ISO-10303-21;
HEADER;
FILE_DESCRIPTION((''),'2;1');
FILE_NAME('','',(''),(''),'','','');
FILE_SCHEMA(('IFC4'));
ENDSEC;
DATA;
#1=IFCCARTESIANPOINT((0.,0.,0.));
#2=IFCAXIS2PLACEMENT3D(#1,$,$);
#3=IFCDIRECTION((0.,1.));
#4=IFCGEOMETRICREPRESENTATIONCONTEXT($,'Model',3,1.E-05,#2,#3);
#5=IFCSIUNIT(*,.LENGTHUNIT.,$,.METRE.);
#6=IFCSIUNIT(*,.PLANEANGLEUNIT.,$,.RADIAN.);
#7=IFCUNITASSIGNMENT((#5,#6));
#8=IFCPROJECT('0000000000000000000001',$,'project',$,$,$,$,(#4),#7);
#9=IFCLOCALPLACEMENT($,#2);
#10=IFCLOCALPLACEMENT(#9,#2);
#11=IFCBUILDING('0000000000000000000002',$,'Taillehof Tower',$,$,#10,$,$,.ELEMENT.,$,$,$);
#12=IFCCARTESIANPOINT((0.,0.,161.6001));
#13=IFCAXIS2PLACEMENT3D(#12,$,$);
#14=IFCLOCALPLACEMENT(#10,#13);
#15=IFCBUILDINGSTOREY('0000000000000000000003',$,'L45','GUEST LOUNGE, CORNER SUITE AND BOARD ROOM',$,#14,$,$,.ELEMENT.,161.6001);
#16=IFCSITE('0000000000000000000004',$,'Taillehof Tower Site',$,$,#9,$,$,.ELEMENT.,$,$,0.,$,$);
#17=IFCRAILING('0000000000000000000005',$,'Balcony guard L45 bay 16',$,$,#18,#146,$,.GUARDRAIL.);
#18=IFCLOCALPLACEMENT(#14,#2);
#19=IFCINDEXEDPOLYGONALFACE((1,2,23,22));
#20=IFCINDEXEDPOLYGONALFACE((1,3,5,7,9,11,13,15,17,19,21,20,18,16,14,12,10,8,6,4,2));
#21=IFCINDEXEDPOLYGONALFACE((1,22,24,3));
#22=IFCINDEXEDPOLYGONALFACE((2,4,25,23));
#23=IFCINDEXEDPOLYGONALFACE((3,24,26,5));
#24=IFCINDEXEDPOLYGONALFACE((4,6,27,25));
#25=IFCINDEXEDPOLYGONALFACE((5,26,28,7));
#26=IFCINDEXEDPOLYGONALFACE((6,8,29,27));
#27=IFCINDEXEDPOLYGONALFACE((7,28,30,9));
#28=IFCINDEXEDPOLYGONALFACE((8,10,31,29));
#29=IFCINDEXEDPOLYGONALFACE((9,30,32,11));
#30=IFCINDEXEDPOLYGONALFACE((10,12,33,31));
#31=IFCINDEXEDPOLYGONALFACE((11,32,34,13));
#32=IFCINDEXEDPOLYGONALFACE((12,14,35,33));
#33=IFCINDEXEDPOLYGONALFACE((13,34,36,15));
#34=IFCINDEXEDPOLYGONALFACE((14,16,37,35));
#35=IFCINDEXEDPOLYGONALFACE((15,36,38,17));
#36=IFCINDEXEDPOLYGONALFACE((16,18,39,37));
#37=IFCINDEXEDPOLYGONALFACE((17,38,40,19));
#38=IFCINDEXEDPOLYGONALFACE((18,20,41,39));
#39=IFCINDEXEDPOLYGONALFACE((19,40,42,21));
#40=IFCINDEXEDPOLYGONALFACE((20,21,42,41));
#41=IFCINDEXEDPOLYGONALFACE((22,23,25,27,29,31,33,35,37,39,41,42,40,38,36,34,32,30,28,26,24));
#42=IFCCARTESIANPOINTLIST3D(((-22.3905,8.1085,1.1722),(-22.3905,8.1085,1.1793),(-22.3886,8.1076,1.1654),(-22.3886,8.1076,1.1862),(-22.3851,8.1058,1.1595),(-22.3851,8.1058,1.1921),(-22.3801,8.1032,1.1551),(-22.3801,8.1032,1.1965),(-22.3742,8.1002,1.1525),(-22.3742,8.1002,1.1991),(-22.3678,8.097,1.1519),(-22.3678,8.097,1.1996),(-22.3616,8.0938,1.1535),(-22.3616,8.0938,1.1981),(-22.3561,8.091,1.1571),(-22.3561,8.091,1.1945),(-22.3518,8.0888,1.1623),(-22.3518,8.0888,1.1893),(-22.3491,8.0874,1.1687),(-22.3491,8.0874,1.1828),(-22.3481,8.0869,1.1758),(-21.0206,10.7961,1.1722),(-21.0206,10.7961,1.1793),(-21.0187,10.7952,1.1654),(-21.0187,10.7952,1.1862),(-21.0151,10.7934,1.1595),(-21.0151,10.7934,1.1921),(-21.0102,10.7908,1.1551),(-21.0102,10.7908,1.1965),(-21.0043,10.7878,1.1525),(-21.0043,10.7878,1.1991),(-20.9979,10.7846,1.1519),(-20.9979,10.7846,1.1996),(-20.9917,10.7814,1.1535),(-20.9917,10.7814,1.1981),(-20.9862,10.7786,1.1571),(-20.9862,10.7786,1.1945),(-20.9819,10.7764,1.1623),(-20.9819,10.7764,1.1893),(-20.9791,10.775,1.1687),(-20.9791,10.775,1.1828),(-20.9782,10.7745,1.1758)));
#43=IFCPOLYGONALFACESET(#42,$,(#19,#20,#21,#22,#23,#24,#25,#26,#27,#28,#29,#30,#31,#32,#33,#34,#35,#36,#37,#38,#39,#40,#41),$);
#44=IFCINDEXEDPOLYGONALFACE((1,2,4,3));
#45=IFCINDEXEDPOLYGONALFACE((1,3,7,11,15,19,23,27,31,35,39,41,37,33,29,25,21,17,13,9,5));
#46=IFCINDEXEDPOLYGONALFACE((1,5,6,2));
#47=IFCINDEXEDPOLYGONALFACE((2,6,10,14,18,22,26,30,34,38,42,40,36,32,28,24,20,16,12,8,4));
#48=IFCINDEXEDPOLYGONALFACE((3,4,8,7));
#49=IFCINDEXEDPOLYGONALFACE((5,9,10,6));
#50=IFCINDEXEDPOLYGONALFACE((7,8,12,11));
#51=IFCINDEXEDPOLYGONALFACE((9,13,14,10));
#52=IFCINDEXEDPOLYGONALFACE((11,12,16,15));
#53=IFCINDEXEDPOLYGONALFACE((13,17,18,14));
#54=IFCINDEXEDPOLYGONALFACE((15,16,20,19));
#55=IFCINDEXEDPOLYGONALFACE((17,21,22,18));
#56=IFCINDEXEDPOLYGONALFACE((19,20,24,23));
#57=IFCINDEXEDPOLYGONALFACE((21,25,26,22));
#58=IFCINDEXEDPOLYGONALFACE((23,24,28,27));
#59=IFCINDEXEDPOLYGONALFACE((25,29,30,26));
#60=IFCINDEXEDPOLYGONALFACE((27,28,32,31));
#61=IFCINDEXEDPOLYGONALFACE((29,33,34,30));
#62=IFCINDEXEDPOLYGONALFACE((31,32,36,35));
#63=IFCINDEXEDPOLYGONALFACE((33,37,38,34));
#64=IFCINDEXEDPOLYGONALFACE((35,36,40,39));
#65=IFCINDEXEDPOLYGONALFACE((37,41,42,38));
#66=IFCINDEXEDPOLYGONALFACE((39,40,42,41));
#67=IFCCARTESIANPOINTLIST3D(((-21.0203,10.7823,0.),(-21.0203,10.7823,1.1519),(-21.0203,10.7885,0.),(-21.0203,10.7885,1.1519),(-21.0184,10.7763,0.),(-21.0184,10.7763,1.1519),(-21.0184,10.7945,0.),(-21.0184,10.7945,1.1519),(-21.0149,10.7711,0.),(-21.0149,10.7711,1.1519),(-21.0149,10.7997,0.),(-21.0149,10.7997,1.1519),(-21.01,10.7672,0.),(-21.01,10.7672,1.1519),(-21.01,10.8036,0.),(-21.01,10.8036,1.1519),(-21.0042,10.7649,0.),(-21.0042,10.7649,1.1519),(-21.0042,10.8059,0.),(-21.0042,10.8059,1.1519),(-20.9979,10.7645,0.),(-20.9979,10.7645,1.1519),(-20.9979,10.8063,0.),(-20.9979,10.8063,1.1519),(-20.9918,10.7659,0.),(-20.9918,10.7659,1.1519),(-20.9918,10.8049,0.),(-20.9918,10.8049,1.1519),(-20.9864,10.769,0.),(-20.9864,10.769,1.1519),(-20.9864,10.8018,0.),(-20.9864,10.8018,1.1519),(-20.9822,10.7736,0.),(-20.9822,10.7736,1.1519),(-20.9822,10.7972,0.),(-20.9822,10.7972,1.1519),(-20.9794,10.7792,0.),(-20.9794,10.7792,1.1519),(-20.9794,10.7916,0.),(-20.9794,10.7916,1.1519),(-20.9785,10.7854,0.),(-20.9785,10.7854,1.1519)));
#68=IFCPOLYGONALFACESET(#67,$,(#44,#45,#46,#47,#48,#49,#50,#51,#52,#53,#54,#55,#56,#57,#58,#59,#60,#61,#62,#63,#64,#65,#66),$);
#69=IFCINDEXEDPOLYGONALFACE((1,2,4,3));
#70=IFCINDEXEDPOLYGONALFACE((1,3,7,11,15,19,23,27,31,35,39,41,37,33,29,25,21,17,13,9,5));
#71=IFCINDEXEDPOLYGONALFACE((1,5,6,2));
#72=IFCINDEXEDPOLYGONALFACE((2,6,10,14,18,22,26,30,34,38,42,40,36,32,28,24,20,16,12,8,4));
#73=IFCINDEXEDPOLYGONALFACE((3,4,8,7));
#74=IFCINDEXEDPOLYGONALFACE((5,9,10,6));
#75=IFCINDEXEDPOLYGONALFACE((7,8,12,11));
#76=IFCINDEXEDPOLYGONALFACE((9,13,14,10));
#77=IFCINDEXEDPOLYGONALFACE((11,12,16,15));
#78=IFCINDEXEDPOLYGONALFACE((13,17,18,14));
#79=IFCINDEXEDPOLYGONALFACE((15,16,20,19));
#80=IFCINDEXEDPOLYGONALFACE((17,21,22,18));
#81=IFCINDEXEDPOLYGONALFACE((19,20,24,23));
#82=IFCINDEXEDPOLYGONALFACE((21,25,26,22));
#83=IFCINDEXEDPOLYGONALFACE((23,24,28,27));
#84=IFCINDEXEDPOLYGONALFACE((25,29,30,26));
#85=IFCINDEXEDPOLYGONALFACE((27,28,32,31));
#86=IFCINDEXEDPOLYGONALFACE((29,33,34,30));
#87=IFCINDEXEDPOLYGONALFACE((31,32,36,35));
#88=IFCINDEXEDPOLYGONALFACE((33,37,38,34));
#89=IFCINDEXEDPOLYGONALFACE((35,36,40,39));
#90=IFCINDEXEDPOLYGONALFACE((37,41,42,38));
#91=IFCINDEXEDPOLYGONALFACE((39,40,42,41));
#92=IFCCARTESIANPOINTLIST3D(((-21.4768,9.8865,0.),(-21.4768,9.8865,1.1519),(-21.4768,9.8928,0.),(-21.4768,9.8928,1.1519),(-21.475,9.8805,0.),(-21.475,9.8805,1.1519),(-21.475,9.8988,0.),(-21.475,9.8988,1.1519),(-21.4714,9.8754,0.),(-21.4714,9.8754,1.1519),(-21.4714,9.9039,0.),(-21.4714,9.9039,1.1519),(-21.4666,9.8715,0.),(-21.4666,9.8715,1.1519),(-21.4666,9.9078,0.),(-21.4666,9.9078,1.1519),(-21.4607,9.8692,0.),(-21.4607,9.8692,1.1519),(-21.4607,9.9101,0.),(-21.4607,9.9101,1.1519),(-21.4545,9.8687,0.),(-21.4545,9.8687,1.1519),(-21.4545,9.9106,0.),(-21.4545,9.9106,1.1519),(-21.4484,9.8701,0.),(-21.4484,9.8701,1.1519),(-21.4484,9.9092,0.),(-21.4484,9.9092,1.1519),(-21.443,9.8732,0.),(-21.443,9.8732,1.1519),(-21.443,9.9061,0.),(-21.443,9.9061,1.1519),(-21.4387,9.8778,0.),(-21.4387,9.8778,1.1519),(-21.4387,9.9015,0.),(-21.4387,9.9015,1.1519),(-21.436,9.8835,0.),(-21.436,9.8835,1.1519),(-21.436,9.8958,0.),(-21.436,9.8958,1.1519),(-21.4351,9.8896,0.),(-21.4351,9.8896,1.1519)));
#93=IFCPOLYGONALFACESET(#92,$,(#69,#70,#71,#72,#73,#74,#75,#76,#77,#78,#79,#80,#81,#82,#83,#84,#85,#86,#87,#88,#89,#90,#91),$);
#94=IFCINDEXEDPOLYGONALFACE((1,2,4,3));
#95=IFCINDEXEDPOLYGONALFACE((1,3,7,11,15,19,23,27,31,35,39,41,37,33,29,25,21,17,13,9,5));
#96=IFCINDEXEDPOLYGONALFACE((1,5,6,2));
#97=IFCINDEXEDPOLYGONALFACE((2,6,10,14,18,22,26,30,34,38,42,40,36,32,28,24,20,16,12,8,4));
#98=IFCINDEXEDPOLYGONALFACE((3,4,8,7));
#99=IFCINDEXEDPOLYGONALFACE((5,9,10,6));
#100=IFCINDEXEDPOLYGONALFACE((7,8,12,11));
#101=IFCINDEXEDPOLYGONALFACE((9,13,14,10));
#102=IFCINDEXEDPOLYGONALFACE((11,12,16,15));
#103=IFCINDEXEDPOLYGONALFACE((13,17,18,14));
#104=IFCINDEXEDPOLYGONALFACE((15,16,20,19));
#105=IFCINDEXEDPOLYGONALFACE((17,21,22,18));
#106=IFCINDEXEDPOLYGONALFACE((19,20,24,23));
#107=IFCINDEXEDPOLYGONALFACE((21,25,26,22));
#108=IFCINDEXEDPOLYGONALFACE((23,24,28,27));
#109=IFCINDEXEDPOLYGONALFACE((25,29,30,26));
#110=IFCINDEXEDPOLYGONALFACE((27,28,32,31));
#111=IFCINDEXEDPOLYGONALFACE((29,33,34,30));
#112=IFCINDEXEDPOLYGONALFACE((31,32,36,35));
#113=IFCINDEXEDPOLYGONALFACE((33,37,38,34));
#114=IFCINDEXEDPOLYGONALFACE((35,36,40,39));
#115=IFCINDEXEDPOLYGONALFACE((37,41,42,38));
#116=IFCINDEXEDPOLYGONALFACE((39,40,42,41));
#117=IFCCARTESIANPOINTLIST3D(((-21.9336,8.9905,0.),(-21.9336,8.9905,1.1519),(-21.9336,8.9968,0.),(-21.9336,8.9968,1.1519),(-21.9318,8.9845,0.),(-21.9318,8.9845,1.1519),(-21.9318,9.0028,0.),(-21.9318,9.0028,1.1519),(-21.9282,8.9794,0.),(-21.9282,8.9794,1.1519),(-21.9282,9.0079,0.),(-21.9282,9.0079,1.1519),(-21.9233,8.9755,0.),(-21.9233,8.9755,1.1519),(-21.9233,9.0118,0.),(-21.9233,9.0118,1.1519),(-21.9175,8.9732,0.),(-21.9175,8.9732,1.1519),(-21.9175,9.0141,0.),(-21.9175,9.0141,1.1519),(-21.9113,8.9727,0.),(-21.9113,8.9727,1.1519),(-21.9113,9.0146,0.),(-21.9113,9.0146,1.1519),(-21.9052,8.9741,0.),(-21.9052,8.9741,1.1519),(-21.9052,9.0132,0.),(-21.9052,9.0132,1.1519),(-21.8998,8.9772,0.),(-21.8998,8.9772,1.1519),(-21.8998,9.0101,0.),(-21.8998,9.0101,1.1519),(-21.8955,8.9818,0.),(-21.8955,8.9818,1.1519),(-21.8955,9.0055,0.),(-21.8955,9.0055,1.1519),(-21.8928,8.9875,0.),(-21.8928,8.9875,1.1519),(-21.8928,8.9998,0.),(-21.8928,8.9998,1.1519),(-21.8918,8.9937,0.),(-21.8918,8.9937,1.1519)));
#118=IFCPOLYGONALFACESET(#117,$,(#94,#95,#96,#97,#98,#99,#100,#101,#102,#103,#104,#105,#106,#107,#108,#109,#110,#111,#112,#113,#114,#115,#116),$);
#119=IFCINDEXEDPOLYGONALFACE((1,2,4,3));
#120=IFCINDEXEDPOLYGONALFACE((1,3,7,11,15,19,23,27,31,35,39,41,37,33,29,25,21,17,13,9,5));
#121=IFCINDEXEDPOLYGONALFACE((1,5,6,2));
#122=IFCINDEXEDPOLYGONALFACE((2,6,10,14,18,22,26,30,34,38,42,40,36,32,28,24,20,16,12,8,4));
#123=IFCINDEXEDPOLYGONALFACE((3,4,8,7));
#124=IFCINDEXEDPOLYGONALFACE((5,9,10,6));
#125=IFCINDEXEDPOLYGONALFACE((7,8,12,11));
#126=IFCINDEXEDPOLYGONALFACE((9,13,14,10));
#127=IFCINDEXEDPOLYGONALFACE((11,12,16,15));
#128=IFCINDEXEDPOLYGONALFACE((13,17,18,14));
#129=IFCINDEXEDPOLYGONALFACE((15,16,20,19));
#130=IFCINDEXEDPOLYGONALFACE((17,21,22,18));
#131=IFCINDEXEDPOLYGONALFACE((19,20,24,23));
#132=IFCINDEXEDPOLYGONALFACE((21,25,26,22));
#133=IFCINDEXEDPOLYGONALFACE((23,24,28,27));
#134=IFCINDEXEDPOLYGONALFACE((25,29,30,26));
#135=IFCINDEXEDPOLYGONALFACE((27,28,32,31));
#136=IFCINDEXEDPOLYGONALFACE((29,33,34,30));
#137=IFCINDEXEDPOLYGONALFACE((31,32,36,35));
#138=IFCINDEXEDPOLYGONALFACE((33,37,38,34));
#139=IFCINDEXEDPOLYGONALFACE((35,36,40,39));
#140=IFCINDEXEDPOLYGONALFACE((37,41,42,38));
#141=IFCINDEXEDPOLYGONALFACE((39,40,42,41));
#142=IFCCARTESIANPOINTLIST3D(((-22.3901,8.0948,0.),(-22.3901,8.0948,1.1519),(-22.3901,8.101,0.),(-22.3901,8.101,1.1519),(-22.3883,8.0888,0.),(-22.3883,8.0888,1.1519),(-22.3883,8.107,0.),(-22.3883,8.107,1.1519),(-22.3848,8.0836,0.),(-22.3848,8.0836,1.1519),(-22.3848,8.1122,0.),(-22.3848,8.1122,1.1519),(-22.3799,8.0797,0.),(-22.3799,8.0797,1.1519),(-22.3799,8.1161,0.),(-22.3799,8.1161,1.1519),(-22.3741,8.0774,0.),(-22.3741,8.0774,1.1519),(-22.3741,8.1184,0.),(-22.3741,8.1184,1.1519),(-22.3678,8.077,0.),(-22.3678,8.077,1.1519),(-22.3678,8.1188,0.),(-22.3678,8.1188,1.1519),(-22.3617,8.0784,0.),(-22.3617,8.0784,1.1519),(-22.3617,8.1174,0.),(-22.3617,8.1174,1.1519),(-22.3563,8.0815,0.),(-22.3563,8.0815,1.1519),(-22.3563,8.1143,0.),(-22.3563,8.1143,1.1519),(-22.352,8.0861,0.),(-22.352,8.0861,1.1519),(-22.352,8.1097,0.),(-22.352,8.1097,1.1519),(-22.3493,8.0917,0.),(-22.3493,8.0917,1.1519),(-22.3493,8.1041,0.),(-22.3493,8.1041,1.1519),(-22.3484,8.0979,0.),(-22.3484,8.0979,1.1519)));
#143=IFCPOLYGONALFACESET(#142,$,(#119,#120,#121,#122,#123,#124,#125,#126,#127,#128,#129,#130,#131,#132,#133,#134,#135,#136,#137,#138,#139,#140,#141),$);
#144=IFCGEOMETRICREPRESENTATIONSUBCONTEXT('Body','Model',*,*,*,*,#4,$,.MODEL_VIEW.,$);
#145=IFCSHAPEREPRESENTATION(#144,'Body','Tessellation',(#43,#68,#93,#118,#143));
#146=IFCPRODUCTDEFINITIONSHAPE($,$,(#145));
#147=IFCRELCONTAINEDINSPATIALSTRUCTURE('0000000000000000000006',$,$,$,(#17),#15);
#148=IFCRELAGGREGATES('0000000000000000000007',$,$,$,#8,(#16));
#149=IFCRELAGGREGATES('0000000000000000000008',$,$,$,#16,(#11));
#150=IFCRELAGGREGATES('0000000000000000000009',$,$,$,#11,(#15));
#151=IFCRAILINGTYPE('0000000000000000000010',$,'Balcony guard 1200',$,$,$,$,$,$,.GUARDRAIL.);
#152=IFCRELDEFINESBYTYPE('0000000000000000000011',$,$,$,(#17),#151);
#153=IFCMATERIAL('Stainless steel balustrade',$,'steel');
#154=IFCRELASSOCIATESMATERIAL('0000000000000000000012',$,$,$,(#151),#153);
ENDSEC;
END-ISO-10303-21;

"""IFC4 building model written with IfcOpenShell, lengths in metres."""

from ifc_helpers import new_model, si_unit, direction, frame, origin, origin_2d, place, context, subcontext, project, spatial, circle, extrude, material, type_object, element, save


model = new_model("IFC4")

# Units and contexts
model_context = context("Model", 3, precision=1e-05, world=origin(), true_north=direction((0.0, 1.0)))
body_context = subcontext(model_context, "Body", "Model", "MODEL_VIEW")
ifc_project = project(units=[si_unit("LENGTHUNIT", "METRE"), si_unit("PLANEANGLEUNIT", "RADIAN")], contexts=[model_context])

# Site, building, storey
site_placement = place(None, origin())
site = spatial("IfcSite", under=ifc_project, at=site_placement, Name="Taillehof Tower Site", CompositionType="ELEMENT", RefElevation=0.0)
building_placement = place(site_placement, origin())
building = spatial("IfcBuilding", under=site, at=building_placement, Name="Taillehof Tower", CompositionType="ELEMENT")
storey_placement = place(building_placement, frame((0.0, 0.0, 161.6001)))
storey = spatial("IfcBuildingStorey", under=building, at=storey_placement, Name="L45", Description="GUEST LOUNGE, CORNER SUITE AND BOARD ROOM", CompositionType="ELEMENT", Elevation=161.6001)

# Railing
ifc_material_1 = material(Name="Stainless steel balustrade", Category="steel")
railing_type = type_object("IfcRailingType", Name="Balcony guard 1200", PredefinedType="GUARDRAIL", material=ifc_material_1)
railing_1_placement = place(storey_placement, frame((-20.9995, 10.7854, 0.0)))
element("IfcRailing", 1, at=railing_1_placement, inside=storey, type_object=railing_type, Name="Balcony guard L45 bay 16", PredefinedType="GUARDRAIL", context=body_context, shape_type="SweptSolid", body=[
    extrude(circle(Radius=0.0239, at=origin_2d()), frame((0.0, 0.0, 1.1758), z_axis=(-0.454128, -0.890936, 0.0), x_axis=(0.890936, -0.454128, 0.0)), (0.0, 0.0, 1.0), 3.0166),
    extrude(circle(Radius=0.021, at=origin_2d()), origin(), (0.0, 0.0, 1.0), 1.1519),
    extrude(circle(Radius=0.021, at=origin_2d()), frame((-0.4565, -0.8958, 0.0)), (0.0, 0.0, 1.0), 1.1519),
    extrude(circle(Radius=0.021, at=origin_2d()), frame((-0.9133, -1.7917, 0.0)), (0.0, 0.0, 1.0), 1.1519),
    extrude(circle(Radius=0.021, at=origin_2d()), frame((-1.3699, -2.6875, 0.0)), (0.0, 0.0, 1.0), 1.1519),
])

save(model, "model.ifc")
